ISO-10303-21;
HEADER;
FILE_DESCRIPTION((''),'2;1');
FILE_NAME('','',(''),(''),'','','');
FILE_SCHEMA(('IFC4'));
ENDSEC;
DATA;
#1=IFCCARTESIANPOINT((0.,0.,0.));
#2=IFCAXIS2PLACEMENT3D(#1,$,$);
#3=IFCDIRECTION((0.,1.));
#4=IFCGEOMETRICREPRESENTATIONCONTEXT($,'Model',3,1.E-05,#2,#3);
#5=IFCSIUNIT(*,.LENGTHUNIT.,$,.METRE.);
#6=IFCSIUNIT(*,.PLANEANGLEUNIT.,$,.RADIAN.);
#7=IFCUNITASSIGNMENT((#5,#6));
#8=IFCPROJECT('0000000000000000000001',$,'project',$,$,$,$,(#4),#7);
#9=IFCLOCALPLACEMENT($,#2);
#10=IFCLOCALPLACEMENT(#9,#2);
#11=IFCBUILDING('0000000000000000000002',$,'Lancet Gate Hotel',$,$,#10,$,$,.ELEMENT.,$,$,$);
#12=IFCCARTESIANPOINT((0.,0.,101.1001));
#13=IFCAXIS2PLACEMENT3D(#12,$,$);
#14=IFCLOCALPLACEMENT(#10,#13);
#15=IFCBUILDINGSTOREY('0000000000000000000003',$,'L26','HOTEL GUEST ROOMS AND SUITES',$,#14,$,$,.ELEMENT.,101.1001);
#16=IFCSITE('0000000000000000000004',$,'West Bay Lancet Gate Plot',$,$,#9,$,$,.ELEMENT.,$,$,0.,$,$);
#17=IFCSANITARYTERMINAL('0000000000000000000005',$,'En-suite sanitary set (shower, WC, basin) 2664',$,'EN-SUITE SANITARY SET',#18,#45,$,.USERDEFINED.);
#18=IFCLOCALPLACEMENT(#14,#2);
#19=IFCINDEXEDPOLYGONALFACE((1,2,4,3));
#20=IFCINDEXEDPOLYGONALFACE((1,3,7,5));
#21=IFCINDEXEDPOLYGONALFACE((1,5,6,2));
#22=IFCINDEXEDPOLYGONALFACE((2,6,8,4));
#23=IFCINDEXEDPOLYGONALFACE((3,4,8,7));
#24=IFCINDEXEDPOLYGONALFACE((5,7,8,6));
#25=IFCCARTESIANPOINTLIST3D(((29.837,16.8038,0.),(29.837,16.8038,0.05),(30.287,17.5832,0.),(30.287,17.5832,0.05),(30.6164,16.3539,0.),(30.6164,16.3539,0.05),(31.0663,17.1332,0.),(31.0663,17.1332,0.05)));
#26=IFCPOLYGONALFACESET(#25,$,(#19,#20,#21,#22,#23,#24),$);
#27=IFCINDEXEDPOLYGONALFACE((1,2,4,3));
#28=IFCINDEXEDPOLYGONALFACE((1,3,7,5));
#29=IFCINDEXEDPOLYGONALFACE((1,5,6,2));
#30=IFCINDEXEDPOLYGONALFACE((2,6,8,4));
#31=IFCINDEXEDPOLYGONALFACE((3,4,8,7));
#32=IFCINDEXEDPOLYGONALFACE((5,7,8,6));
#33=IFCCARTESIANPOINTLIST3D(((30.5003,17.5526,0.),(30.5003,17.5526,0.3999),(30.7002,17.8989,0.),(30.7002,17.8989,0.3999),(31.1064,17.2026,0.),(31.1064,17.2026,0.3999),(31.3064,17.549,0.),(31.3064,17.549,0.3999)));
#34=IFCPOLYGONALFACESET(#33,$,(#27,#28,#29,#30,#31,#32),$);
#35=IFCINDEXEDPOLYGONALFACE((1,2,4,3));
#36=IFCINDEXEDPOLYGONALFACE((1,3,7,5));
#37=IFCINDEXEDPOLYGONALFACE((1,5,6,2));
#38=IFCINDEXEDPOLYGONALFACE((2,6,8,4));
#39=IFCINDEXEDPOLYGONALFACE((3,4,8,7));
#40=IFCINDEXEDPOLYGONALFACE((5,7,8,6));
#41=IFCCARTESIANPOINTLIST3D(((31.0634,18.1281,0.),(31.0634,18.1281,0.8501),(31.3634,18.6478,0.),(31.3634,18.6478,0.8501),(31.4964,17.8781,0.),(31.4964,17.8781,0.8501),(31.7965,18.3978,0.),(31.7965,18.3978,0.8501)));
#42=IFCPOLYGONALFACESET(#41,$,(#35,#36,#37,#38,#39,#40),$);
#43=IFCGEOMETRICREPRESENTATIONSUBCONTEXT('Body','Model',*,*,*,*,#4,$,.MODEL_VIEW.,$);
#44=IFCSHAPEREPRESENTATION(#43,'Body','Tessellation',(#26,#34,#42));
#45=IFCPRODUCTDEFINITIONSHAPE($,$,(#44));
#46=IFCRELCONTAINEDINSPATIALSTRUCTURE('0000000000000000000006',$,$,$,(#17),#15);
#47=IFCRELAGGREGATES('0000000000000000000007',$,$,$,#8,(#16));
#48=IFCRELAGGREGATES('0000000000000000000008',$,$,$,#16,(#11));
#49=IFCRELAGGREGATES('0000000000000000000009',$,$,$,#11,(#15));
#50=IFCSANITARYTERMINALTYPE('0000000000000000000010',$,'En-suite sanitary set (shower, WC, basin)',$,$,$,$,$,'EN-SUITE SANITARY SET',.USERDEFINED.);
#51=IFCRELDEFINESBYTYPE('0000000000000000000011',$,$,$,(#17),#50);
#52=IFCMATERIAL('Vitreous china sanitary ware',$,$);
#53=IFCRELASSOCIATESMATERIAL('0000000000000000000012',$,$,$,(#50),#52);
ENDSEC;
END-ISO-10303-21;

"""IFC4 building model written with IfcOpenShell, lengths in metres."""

from ifc_helpers import new_model, si_unit, direction, frame, origin, origin_2d, place, context, subcontext, project, spatial, rectangle, extrude, material, type_object, element, save


model = new_model("IFC4")

# Units and contexts
model_context = context("Model", 3, precision=1e-05, world=origin(), true_north=direction((0.0, 1.0)))
body_context = subcontext(model_context, "Body", "Model", "MODEL_VIEW")
ifc_project = project(units=[si_unit("LENGTHUNIT", "METRE"), si_unit("PLANEANGLEUNIT", "RADIAN")], contexts=[model_context])

# Site, building, storey
site_placement = place(None, origin())
site = spatial("IfcSite", under=ifc_project, at=site_placement, Name="West Bay Lancet Gate Plot", CompositionType="ELEMENT", RefElevation=0.0)
building_placement = place(site_placement, origin())
building = spatial("IfcBuilding", under=site, at=building_placement, Name="Lancet Gate Hotel", CompositionType="ELEMENT")
storey_placement = place(building_placement, frame((0.0, 0.0, 101.1001)))
storey = spatial("IfcBuildingStorey", under=building, at=storey_placement, Name="L26", Description="HOTEL GUEST ROOMS AND SUITES", CompositionType="ELEMENT", Elevation=101.1001)

# Sanitary terminal
ifc_material_1 = material(Name="Vitreous china sanitary ware")
sanitary_terminal_type = type_object("IfcSanitaryTerminalType", Name="En-suite sanitary set (shower, WC, basin)", ElementType="EN-SUITE SANITARY SET", PredefinedType="USERDEFINED", material=ifc_material_1)
sanitary_terminal_placement = place(storey_placement, frame((30.4517, 16.9685, 0.0), z_axis=(0.0, 0.0, 1.0), x_axis=(1.0, 0.0, 0.0)))
element("IfcSanitaryTerminal", 1, at=sanitary_terminal_placement, inside=storey, type_object=sanitary_terminal_type, Name="En-suite sanitary set (shower, WC, basin) 2664", ObjectType="EN-SUITE SANITARY SET", PredefinedType="USERDEFINED", context=body_context, shape_type="SweptSolid", body=[
    extrude(rectangle(XDim=0.8999, YDim=0.8999, at=origin_2d()), frame((0.0, 0.0, 0.0), z_axis=(0.0, 0.0, 1.0), x_axis=(-0.5, -0.866025, 0.0)), (0.0, 0.0, 1.0), 0.05),
    extrude(rectangle(XDim=0.3999, YDim=0.7, at=origin_2d()), frame((0.4517, 0.5823, 0.0), z_axis=(0.0, 0.0, 1.0), x_axis=(-0.5, -0.866025, 0.0)), (0.0, 0.0, 1.0), 0.3999),
    extrude(rectangle(XDim=0.6001, YDim=0.5, at=origin_2d()), frame((0.9783, 1.2944, 0.0), z_axis=(0.0, 0.0, 1.0), x_axis=(-0.5, -0.866025, 0.0)), (0.0, 0.0, 1.0), 0.8501),
])

save(model, "model.ifc")
